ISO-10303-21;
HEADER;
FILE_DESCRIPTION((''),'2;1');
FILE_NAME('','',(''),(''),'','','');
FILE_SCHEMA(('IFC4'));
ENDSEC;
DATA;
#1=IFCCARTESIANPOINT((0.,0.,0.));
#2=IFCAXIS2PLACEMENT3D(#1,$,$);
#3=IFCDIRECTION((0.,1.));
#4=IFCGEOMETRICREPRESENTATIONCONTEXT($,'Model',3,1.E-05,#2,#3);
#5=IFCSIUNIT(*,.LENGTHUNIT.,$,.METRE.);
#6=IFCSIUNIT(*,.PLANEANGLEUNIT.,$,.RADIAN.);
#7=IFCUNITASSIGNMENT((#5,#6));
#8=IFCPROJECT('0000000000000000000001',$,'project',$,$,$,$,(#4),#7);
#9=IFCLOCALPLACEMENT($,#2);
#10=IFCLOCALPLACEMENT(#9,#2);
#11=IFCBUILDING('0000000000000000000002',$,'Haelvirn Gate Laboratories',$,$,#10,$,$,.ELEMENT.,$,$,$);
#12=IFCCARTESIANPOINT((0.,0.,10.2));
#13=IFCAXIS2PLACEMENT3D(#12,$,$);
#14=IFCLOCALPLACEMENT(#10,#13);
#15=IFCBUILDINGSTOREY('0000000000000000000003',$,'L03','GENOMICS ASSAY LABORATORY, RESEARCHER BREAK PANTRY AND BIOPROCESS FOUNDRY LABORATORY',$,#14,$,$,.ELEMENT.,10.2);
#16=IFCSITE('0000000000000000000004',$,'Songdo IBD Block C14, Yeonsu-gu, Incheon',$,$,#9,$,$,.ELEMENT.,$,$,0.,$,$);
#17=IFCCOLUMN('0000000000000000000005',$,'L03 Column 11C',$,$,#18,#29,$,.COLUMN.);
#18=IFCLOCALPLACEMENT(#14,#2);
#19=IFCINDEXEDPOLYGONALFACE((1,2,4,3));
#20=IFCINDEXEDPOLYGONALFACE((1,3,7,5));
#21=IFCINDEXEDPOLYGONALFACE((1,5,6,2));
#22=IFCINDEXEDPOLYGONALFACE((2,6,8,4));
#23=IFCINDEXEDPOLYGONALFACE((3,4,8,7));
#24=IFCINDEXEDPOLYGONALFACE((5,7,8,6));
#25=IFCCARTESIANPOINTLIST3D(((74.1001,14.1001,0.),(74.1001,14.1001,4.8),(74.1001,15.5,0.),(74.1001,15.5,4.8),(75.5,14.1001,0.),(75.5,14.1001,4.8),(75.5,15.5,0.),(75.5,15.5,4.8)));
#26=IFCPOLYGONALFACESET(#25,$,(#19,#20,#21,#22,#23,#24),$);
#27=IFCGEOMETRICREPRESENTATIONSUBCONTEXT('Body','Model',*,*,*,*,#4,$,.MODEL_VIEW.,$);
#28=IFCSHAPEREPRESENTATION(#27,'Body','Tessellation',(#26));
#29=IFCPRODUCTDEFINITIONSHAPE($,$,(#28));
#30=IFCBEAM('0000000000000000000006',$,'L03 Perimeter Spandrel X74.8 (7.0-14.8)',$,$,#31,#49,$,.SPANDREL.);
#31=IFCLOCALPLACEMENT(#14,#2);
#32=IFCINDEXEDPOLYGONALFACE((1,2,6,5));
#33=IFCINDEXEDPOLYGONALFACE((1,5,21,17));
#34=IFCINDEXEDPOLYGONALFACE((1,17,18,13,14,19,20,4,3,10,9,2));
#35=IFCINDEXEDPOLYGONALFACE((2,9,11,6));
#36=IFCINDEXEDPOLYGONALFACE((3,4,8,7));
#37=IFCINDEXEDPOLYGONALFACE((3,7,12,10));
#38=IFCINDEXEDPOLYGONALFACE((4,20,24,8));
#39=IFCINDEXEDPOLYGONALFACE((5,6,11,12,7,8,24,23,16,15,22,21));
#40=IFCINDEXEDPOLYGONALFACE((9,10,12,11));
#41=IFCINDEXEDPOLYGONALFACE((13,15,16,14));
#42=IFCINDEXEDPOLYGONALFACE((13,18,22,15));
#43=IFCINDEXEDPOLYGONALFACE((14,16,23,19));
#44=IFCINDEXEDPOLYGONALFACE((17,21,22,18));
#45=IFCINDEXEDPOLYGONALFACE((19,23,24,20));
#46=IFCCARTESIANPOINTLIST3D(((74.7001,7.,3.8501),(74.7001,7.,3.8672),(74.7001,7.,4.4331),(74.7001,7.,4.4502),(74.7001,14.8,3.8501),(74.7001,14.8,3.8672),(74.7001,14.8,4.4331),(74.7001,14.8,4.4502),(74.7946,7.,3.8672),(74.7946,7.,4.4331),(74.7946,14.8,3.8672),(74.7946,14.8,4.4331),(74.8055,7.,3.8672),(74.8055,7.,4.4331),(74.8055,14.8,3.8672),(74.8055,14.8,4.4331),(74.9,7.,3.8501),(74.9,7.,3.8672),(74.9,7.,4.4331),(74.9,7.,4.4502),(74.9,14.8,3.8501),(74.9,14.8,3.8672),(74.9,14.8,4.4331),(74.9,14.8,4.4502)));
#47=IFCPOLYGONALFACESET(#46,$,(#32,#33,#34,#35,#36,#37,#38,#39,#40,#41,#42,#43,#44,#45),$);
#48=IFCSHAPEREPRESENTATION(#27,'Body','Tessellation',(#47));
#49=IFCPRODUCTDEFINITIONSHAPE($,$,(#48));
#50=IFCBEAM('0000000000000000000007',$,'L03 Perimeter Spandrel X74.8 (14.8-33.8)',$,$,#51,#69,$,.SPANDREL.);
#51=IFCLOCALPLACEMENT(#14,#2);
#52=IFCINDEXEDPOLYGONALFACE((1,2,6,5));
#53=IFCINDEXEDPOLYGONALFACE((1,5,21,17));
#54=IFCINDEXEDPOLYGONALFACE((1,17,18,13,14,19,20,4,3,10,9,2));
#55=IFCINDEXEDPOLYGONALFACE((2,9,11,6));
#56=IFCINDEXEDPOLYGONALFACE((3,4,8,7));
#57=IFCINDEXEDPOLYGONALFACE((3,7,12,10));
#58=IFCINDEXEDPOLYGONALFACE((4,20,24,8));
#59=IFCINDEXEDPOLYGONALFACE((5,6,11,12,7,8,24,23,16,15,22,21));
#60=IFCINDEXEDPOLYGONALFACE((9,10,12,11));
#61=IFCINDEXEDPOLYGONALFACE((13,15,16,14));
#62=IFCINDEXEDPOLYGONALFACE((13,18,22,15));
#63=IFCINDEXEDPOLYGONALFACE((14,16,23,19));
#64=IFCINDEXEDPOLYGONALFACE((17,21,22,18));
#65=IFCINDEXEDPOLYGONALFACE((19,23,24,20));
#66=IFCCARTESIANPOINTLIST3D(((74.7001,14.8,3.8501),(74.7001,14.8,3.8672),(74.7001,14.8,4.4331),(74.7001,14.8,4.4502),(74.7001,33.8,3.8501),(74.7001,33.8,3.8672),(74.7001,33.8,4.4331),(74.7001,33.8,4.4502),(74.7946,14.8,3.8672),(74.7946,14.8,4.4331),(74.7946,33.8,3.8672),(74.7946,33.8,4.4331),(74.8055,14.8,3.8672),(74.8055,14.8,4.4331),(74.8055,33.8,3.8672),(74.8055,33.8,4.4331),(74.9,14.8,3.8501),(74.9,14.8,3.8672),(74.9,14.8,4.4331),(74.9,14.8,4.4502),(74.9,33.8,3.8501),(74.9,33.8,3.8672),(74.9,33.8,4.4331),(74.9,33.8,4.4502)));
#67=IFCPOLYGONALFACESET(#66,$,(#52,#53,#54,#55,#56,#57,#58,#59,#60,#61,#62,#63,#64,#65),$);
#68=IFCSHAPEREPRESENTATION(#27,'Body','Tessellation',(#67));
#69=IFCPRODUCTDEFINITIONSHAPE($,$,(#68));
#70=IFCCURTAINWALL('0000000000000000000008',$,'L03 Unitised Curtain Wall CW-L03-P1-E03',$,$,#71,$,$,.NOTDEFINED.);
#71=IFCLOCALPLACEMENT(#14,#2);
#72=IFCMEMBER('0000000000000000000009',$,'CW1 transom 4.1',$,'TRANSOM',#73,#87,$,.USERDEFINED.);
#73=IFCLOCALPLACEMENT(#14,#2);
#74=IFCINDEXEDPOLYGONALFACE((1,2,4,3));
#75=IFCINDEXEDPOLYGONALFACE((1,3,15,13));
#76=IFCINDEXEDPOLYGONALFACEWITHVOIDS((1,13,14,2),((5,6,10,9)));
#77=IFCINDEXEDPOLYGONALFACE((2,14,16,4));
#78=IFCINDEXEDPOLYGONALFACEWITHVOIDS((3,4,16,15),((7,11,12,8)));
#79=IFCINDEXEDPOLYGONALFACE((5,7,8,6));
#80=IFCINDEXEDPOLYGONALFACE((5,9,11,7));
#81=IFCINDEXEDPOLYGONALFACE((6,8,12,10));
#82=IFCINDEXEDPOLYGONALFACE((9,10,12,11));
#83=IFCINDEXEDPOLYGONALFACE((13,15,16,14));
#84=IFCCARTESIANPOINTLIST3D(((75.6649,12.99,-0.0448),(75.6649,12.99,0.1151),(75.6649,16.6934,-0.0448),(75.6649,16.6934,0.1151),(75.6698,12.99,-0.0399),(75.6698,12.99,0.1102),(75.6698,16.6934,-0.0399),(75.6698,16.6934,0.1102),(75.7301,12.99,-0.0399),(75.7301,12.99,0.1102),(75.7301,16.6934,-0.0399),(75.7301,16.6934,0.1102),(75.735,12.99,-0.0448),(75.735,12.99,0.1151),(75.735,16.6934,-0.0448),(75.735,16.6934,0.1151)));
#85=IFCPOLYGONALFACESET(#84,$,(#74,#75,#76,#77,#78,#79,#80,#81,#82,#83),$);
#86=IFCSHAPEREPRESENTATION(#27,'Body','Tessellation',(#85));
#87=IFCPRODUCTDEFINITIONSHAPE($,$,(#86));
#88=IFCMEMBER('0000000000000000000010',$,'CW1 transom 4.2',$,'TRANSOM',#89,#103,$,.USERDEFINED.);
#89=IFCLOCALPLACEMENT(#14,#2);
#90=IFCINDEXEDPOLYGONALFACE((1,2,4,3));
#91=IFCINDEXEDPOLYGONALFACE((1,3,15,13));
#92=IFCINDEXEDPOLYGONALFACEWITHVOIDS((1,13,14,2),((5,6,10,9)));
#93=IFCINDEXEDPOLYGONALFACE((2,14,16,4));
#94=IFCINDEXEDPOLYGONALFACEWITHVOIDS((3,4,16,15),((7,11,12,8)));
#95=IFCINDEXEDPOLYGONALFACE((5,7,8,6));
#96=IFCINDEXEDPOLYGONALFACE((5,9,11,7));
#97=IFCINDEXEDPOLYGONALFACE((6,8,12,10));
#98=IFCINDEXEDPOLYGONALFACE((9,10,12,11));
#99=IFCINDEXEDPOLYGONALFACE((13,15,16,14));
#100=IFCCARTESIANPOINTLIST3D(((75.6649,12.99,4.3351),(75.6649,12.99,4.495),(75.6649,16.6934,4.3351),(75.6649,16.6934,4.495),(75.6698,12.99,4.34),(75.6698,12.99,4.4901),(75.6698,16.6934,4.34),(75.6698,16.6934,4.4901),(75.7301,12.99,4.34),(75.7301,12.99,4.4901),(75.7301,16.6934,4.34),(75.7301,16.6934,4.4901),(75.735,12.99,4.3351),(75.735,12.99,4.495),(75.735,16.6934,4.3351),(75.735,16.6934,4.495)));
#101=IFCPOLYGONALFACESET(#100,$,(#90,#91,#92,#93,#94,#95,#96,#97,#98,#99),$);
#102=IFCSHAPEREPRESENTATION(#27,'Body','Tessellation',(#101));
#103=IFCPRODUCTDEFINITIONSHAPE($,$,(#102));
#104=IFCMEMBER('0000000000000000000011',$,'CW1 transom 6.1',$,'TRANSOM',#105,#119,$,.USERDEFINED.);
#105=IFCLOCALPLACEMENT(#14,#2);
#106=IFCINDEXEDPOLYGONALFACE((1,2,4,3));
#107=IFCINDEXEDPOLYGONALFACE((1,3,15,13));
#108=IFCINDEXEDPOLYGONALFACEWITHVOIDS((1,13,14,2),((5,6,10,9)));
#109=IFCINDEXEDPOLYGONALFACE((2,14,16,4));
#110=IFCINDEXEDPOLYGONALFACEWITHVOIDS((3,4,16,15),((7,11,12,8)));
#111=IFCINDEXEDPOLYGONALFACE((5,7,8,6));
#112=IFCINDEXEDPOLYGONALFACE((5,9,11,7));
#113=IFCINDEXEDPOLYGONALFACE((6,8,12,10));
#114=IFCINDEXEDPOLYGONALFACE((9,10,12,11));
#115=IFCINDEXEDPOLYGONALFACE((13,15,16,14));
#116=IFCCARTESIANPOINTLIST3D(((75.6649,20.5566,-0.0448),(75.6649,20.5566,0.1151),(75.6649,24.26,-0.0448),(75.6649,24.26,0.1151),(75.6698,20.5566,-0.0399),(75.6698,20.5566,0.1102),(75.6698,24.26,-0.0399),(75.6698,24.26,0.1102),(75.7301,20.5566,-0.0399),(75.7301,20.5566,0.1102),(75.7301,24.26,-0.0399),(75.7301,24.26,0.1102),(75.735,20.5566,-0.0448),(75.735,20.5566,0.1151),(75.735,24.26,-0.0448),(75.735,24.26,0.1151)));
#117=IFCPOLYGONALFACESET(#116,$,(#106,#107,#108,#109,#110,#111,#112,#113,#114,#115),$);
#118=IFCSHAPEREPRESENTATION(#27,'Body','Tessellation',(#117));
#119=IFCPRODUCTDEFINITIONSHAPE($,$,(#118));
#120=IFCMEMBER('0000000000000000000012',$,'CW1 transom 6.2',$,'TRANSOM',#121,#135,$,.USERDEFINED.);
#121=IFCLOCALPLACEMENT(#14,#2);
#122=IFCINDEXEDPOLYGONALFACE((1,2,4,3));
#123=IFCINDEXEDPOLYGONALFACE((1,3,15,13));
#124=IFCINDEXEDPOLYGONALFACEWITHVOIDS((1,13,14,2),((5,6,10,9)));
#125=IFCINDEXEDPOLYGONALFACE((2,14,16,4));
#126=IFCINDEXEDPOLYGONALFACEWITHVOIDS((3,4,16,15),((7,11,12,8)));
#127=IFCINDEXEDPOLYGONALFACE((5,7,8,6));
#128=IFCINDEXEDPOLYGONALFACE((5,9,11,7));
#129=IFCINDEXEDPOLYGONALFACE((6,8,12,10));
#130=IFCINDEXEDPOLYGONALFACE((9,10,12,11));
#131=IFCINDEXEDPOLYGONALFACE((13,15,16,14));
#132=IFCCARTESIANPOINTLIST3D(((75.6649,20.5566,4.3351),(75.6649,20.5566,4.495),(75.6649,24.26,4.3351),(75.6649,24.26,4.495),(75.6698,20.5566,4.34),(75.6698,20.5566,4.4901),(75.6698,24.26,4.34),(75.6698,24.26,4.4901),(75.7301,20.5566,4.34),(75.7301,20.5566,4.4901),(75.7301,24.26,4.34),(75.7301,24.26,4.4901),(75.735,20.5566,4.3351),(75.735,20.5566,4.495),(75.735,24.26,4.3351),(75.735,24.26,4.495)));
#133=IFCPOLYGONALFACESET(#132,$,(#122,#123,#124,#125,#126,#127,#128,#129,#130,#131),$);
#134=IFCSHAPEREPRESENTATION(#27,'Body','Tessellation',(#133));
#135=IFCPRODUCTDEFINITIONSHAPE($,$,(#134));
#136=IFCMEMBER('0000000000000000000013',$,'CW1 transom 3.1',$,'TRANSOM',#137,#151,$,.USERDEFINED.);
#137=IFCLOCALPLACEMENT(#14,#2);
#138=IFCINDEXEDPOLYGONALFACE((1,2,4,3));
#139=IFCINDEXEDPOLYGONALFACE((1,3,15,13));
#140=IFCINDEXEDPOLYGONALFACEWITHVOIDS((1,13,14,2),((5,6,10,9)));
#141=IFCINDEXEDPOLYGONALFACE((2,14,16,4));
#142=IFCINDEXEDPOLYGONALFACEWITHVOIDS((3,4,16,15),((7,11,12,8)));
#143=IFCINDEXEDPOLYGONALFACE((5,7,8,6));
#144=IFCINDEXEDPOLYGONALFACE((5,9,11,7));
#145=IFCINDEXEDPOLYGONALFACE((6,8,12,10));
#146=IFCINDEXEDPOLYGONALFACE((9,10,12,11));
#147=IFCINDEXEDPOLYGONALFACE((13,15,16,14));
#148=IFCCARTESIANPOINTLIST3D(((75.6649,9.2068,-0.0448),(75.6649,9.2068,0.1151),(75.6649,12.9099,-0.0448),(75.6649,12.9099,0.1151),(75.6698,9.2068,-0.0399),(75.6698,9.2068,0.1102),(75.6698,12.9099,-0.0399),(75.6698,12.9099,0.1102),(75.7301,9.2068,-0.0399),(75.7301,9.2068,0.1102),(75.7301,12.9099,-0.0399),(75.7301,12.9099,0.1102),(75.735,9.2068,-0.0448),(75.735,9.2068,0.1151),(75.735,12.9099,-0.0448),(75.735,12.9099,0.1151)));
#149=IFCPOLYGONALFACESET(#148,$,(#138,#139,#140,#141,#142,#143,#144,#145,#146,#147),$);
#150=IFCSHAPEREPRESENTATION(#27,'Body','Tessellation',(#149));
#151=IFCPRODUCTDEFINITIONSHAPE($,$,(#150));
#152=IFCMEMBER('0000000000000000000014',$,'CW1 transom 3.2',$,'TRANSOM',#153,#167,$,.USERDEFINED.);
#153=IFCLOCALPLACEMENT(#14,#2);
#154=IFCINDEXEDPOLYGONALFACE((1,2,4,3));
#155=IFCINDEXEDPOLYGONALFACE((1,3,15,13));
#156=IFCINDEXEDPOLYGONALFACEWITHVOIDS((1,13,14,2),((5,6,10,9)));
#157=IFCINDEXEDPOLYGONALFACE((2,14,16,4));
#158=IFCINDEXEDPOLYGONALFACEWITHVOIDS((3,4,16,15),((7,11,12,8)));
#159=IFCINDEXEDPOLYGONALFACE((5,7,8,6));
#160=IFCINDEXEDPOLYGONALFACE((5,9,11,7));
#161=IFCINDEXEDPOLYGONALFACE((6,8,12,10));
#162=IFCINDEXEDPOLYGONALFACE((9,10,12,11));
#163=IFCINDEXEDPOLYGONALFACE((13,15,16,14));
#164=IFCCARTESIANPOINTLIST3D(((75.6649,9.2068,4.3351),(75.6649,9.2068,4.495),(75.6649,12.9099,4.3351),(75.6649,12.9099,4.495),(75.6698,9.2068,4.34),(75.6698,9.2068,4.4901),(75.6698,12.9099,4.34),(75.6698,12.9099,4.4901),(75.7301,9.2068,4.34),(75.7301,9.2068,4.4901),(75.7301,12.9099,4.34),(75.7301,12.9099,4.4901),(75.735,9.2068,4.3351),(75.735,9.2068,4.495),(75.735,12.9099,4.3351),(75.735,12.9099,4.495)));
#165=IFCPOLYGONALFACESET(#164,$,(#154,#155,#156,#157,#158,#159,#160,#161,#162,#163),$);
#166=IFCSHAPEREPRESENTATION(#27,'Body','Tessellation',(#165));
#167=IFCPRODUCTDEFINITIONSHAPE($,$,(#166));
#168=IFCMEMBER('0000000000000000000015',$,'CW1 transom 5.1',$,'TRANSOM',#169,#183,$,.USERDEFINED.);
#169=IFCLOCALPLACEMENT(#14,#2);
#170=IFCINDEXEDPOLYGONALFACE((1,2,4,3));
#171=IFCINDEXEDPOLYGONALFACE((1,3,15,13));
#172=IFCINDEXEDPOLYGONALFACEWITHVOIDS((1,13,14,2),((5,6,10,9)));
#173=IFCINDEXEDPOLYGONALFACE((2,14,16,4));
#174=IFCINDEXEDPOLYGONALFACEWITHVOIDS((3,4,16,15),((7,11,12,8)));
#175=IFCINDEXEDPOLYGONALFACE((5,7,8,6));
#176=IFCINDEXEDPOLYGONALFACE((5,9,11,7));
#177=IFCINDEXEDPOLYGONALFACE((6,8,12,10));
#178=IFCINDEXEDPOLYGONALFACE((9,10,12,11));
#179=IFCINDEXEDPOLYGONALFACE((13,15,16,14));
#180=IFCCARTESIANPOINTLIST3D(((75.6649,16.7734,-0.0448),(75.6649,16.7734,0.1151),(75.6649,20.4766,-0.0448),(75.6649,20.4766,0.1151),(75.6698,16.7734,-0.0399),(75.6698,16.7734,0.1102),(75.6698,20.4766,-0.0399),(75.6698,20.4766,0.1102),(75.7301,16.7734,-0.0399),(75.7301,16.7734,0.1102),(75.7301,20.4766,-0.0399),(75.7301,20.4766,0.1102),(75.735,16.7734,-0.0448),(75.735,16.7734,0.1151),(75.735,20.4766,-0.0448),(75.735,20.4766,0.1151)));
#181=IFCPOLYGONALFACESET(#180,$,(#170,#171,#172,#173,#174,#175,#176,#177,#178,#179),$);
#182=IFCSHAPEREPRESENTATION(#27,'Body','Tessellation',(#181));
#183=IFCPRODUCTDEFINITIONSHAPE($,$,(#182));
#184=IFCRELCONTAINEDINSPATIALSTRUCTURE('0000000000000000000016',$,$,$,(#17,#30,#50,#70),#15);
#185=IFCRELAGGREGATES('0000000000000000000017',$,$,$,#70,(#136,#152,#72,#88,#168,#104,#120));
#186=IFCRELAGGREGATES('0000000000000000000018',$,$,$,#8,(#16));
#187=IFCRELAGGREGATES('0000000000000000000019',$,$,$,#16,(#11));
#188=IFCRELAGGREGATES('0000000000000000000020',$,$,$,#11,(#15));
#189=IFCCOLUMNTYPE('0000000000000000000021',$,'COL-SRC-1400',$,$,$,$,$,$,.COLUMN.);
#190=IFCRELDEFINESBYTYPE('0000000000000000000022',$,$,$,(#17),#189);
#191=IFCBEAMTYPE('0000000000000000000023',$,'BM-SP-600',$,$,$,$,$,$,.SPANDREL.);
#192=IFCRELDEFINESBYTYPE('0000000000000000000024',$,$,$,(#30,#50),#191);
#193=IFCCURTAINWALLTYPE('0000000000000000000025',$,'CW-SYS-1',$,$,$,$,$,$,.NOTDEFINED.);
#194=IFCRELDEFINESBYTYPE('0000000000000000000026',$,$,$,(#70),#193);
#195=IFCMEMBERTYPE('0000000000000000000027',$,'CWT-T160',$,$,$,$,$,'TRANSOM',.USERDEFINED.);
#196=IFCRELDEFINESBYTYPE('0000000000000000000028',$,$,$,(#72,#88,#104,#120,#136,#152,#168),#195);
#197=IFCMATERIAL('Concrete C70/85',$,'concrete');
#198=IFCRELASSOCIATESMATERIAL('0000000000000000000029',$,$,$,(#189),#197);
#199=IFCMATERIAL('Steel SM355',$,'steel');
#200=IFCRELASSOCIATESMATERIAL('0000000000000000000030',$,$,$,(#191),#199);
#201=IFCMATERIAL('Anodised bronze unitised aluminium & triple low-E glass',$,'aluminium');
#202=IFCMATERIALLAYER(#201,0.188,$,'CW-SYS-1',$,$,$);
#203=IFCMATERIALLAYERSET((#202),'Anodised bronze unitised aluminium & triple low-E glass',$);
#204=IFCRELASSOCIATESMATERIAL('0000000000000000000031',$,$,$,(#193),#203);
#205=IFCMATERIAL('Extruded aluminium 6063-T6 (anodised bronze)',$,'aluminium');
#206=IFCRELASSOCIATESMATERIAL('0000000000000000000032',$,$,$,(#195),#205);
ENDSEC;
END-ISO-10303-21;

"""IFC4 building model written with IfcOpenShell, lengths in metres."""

from ifc_helpers import new_model, si_unit, direction, frame, origin, origin_2d, place, context, subcontext, project, spatial, rectangle, hollow_rectangle, i_section, extrude, source, transform, mapped, material, layer, layer_set, material_profile, profile_set, type_object, type_shapes, element, aggregate, save


model = new_model("IFC4")

# Units and contexts
model_context = context("Model", 3, precision=1e-05, world=origin(), true_north=direction((0.0, 1.0)))
body_context = subcontext(model_context, "Body", "Model", "MODEL_VIEW")
ifc_project = project(units=[si_unit("LENGTHUNIT", "METRE"), si_unit("PLANEANGLEUNIT", "RADIAN")], contexts=[model_context])

# Site, building, storey
site_placement = place(None, origin())
site = spatial("IfcSite", under=ifc_project, at=site_placement, Name="Songdo IBD Block C14, Yeonsu-gu, Incheon", CompositionType="ELEMENT", RefElevation=0.0)
building_placement = place(site_placement, origin())
building = spatial("IfcBuilding", under=site, at=building_placement, Name="Haelvirn Gate Laboratories", CompositionType="ELEMENT")
storey_placement = place(building_placement, frame((0.0, 0.0, 10.2)))
storey = spatial("IfcBuildingStorey", under=building, at=storey_placement, Name="L03", Description="GENOMICS ASSAY LABORATORY, RESEARCHER BREAK PANTRY AND BIOPROCESS FOUNDRY LABORATORY", CompositionType="ELEMENT", Elevation=10.2)

# Column
ifc_material_1 = material(Name="Concrete C70/85", Category="concrete")
ifc_material_profile_1 = material_profile(ifc_material_1, rectangle(XDim=1.3999, YDim=1.3999, at=origin_2d()), Name="SRC-1400x1400")
ifc_profile_set_1 = profile_set([ifc_material_profile_1], Name="Concrete C70/85")
column_type = type_object("IfcColumnType", Name="COL-SRC-1400", PredefinedType="COLUMN", material=ifc_profile_set_1)
shared_shape_1 = source(origin(), body_context, "Body", "SweptSolid", [
    extrude(rectangle(XDim=1.3999, YDim=1.3999, at=origin_2d()), origin(), (0.0, 0.0, 1.0), 4.8),
])
type_shapes(column_type, [shared_shape_1])
column_placement = place(storey_placement, frame((74.8, 14.8, 0.0), z_axis=(0.0, 0.0, 1.0), x_axis=(1.0, 0.0, 0.0)))
element("IfcColumn", 1, at=column_placement, inside=storey, type_object=column_type, Name="L03 Column 11C", PredefinedType="COLUMN", context=body_context, shape_type="MappedRepresentation", body=[
    mapped(shared_shape_1, transform((0.0, 0.0, 0.0), scale=1.0)),
])

# Beams
ifc_material_2 = material(Name="Steel SM355", Category="steel")
ifc_material_profile_2 = material_profile(ifc_material_2, i_section(OverallWidth=0.2, OverallDepth=0.6001, WebThickness=0.011, FlangeThickness=0.0171, at=origin_2d()), Name="H-600x200x11x17")
ifc_profile_set_2 = profile_set([ifc_material_profile_2], Name="Steel SM355")
beam_type = type_object("IfcBeamType", Name="BM-SP-600", PredefinedType="SPANDREL", material=ifc_profile_set_2)
shared_shape_2 = source(origin(), body_context, "Body", "SweptSolid", [
    extrude(i_section(OverallWidth=0.2, OverallDepth=0.6001, WebThickness=0.011, FlangeThickness=0.0171, at=origin_2d()), origin(), (0.0, 0.0, 1.0), 7.8),
])
beam_1_placement = place(storey_placement, frame((74.8, 7.0, 4.1501), z_axis=(0.0, 1.0, 0.0), x_axis=(-1.0, 0.0, 0.0)))
element("IfcBeam", 2, at=beam_1_placement, inside=storey, type_object=beam_type, Name="L03 Perimeter Spandrel X74.8 (7.0-14.8)", PredefinedType="SPANDREL", context=body_context, shape_type="MappedRepresentation", body=[
    mapped(shared_shape_2, transform((0.0, 0.0, 0.0), scale=1.0)),
])
shared_shape_3 = source(origin(), body_context, "Body", "SweptSolid", [
    extrude(i_section(OverallWidth=0.2, OverallDepth=0.6001, WebThickness=0.011, FlangeThickness=0.0171, at=origin_2d()), origin(), (0.0, 0.0, 1.0), 19.0),
])
type_shapes(beam_type, [shared_shape_2, shared_shape_3])
beam_2_placement = place(storey_placement, frame((74.8, 14.8, 4.1501), z_axis=(0.0, 1.0, 0.0), x_axis=(-1.0, 0.0, 0.0)))
element("IfcBeam", 3, at=beam_2_placement, inside=storey, type_object=beam_type, Name="L03 Perimeter Spandrel X74.8 (14.8-33.8)", PredefinedType="SPANDREL", context=body_context, shape_type="MappedRepresentation", body=[
    mapped(shared_shape_3, transform((0.0, 0.0, 0.0), scale=1.0)),
])

# Curtain wall, members
ifc_material_3 = material(Name="Anodised bronze unitised aluminium & triple low-E glass", Category="aluminium")
ifc_layer_1 = layer(ifc_material_3, 0.188, Name="CW-SYS-1")
ifc_layer_set_1 = layer_set([ifc_layer_1], Name="Anodised bronze unitised aluminium & triple low-E glass")
curtain_wall_type = type_object("IfcCurtainWallType", Name="CW-SYS-1", PredefinedType="NOTDEFINED", material=ifc_layer_set_1)
curtain_wall_placement = place(storey_placement, origin())
curtain_wall = element("IfcCurtainWall", 4, at=curtain_wall_placement, inside=storey, type_object=curtain_wall_type, Name="L03 Unitised Curtain Wall CW-L03-P1-E03", PredefinedType="NOTDEFINED")
ifc_material_4 = material(Name="Extruded aluminium 6063-T6 (anodised bronze)", Category="aluminium")
ifc_material_profile_3 = material_profile(ifc_material_4, hollow_rectangle(XDim=0.0701, YDim=0.1599, WallThickness=0.0049, at=origin_2d()), Name="CWT-160x70x5")
ifc_profile_set_3 = profile_set([ifc_material_profile_3], Name="Extruded aluminium 6063-T6 (anodised bronze)")
member_type_1 = type_object("IfcMemberType", Name="CWT-T160", ElementType="TRANSOM", PredefinedType="USERDEFINED", material=ifc_profile_set_3)
shared_shape_4 = source(origin(), body_context, "Body", "SweptSolid", [
    extrude(hollow_rectangle(XDim=0.0701, YDim=0.1599, WallThickness=0.0049, at=origin_2d()), origin(), (0.0, 0.0, 1.0), 3.7034),
])
member_1_placement = place(storey_placement, frame((75.7, 12.99, 0.0352), z_axis=(0.0, 1.0, 0.0), x_axis=(-1.0, 0.0, 0.0)))
member_1 = element("IfcMember", 5, at=member_1_placement, type_object=member_type_1, Name="CW1 transom 4.1", ObjectType="TRANSOM", PredefinedType="USERDEFINED", context=body_context, shape_type="MappedRepresentation", body=[
    mapped(shared_shape_4, transform((0.0, 0.0, 0.0), scale=1.0)),
])
member_2_placement = place(storey_placement, frame((75.7, 12.99, 4.415), z_axis=(0.0, 1.0, 0.0), x_axis=(-1.0, 0.0, 0.0)))
member_2 = element("IfcMember", 6, at=member_2_placement, type_object=member_type_1, Name="CW1 transom 4.2", ObjectType="TRANSOM", PredefinedType="USERDEFINED", context=body_context, shape_type="MappedRepresentation", body=[
    mapped(shared_shape_4, transform((0.0, 0.0, 0.0), scale=1.0)),
])
member_3_placement = place(storey_placement, frame((75.7, 20.5566, 0.0352), z_axis=(0.0, 1.0, 0.0), x_axis=(-1.0, 0.0, 0.0)))
member_3 = element("IfcMember", 7, at=member_3_placement, type_object=member_type_1, Name="CW1 transom 6.1", ObjectType="TRANSOM", PredefinedType="USERDEFINED", context=body_context, shape_type="MappedRepresentation", body=[
    mapped(shared_shape_4, transform((0.0, 0.0, 0.0), scale=1.0)),
])
member_4_placement = place(storey_placement, frame((75.7, 20.5566, 4.415), z_axis=(0.0, 1.0, 0.0), x_axis=(-1.0, 0.0, 0.0)))
member_4 = element("IfcMember", 8, at=member_4_placement, type_object=member_type_1, Name="CW1 transom 6.2", ObjectType="TRANSOM", PredefinedType="USERDEFINED", context=body_context, shape_type="MappedRepresentation", body=[
    mapped(shared_shape_4, transform((0.0, 0.0, 0.0), scale=1.0)),
])
shared_shape_5 = source(origin(), body_context, "Body", "SweptSolid", [
    extrude(hollow_rectangle(XDim=0.0701, YDim=0.1599, WallThickness=0.0049, at=origin_2d()), origin(), (0.0, 0.0, 1.0), 3.7031),
])
type_shapes(member_type_1, [shared_shape_4, shared_shape_5])
member_5_placement = place(storey_placement, frame((75.7, 9.2068, 0.0352), z_axis=(0.0, 1.0, 0.0), x_axis=(-1.0, 0.0, 0.0)))
member_5 = element("IfcMember", 9, at=member_5_placement, type_object=member_type_1, Name="CW1 transom 3.1", ObjectType="TRANSOM", PredefinedType="USERDEFINED", context=body_context, shape_type="MappedRepresentation", body=[
    mapped(shared_shape_5, transform((0.0, 0.0, 0.0), scale=1.0)),
])
member_6_placement = place(storey_placement, frame((75.7, 9.2068, 4.415), z_axis=(0.0, 1.0, 0.0), x_axis=(-1.0, 0.0, 0.0)))
member_6 = element("IfcMember", 10, at=member_6_placement, type_object=member_type_1, Name="CW1 transom 3.2", ObjectType="TRANSOM", PredefinedType="USERDEFINED", context=body_context, shape_type="MappedRepresentation", body=[
    mapped(shared_shape_5, transform((0.0, 0.0, 0.0), scale=1.0)),
])
member_7_placement = place(storey_placement, frame((75.7, 16.7734, 0.0352), z_axis=(0.0, 1.0, 0.0), x_axis=(-1.0, 0.0, 0.0)))
member_7 = element("IfcMember", 11, at=member_7_placement, type_object=member_type_1, Name="CW1 transom 5.1", ObjectType="TRANSOM", PredefinedType="USERDEFINED", context=body_context, shape_type="MappedRepresentation", body=[
    mapped(shared_shape_5, transform((0.0, 0.0, 0.0), scale=1.0)),
])
aggregate(curtain_wall, [member_5, member_6, member_1, member_2, member_7, member_3, member_4])

save(model, "model.ifc")
